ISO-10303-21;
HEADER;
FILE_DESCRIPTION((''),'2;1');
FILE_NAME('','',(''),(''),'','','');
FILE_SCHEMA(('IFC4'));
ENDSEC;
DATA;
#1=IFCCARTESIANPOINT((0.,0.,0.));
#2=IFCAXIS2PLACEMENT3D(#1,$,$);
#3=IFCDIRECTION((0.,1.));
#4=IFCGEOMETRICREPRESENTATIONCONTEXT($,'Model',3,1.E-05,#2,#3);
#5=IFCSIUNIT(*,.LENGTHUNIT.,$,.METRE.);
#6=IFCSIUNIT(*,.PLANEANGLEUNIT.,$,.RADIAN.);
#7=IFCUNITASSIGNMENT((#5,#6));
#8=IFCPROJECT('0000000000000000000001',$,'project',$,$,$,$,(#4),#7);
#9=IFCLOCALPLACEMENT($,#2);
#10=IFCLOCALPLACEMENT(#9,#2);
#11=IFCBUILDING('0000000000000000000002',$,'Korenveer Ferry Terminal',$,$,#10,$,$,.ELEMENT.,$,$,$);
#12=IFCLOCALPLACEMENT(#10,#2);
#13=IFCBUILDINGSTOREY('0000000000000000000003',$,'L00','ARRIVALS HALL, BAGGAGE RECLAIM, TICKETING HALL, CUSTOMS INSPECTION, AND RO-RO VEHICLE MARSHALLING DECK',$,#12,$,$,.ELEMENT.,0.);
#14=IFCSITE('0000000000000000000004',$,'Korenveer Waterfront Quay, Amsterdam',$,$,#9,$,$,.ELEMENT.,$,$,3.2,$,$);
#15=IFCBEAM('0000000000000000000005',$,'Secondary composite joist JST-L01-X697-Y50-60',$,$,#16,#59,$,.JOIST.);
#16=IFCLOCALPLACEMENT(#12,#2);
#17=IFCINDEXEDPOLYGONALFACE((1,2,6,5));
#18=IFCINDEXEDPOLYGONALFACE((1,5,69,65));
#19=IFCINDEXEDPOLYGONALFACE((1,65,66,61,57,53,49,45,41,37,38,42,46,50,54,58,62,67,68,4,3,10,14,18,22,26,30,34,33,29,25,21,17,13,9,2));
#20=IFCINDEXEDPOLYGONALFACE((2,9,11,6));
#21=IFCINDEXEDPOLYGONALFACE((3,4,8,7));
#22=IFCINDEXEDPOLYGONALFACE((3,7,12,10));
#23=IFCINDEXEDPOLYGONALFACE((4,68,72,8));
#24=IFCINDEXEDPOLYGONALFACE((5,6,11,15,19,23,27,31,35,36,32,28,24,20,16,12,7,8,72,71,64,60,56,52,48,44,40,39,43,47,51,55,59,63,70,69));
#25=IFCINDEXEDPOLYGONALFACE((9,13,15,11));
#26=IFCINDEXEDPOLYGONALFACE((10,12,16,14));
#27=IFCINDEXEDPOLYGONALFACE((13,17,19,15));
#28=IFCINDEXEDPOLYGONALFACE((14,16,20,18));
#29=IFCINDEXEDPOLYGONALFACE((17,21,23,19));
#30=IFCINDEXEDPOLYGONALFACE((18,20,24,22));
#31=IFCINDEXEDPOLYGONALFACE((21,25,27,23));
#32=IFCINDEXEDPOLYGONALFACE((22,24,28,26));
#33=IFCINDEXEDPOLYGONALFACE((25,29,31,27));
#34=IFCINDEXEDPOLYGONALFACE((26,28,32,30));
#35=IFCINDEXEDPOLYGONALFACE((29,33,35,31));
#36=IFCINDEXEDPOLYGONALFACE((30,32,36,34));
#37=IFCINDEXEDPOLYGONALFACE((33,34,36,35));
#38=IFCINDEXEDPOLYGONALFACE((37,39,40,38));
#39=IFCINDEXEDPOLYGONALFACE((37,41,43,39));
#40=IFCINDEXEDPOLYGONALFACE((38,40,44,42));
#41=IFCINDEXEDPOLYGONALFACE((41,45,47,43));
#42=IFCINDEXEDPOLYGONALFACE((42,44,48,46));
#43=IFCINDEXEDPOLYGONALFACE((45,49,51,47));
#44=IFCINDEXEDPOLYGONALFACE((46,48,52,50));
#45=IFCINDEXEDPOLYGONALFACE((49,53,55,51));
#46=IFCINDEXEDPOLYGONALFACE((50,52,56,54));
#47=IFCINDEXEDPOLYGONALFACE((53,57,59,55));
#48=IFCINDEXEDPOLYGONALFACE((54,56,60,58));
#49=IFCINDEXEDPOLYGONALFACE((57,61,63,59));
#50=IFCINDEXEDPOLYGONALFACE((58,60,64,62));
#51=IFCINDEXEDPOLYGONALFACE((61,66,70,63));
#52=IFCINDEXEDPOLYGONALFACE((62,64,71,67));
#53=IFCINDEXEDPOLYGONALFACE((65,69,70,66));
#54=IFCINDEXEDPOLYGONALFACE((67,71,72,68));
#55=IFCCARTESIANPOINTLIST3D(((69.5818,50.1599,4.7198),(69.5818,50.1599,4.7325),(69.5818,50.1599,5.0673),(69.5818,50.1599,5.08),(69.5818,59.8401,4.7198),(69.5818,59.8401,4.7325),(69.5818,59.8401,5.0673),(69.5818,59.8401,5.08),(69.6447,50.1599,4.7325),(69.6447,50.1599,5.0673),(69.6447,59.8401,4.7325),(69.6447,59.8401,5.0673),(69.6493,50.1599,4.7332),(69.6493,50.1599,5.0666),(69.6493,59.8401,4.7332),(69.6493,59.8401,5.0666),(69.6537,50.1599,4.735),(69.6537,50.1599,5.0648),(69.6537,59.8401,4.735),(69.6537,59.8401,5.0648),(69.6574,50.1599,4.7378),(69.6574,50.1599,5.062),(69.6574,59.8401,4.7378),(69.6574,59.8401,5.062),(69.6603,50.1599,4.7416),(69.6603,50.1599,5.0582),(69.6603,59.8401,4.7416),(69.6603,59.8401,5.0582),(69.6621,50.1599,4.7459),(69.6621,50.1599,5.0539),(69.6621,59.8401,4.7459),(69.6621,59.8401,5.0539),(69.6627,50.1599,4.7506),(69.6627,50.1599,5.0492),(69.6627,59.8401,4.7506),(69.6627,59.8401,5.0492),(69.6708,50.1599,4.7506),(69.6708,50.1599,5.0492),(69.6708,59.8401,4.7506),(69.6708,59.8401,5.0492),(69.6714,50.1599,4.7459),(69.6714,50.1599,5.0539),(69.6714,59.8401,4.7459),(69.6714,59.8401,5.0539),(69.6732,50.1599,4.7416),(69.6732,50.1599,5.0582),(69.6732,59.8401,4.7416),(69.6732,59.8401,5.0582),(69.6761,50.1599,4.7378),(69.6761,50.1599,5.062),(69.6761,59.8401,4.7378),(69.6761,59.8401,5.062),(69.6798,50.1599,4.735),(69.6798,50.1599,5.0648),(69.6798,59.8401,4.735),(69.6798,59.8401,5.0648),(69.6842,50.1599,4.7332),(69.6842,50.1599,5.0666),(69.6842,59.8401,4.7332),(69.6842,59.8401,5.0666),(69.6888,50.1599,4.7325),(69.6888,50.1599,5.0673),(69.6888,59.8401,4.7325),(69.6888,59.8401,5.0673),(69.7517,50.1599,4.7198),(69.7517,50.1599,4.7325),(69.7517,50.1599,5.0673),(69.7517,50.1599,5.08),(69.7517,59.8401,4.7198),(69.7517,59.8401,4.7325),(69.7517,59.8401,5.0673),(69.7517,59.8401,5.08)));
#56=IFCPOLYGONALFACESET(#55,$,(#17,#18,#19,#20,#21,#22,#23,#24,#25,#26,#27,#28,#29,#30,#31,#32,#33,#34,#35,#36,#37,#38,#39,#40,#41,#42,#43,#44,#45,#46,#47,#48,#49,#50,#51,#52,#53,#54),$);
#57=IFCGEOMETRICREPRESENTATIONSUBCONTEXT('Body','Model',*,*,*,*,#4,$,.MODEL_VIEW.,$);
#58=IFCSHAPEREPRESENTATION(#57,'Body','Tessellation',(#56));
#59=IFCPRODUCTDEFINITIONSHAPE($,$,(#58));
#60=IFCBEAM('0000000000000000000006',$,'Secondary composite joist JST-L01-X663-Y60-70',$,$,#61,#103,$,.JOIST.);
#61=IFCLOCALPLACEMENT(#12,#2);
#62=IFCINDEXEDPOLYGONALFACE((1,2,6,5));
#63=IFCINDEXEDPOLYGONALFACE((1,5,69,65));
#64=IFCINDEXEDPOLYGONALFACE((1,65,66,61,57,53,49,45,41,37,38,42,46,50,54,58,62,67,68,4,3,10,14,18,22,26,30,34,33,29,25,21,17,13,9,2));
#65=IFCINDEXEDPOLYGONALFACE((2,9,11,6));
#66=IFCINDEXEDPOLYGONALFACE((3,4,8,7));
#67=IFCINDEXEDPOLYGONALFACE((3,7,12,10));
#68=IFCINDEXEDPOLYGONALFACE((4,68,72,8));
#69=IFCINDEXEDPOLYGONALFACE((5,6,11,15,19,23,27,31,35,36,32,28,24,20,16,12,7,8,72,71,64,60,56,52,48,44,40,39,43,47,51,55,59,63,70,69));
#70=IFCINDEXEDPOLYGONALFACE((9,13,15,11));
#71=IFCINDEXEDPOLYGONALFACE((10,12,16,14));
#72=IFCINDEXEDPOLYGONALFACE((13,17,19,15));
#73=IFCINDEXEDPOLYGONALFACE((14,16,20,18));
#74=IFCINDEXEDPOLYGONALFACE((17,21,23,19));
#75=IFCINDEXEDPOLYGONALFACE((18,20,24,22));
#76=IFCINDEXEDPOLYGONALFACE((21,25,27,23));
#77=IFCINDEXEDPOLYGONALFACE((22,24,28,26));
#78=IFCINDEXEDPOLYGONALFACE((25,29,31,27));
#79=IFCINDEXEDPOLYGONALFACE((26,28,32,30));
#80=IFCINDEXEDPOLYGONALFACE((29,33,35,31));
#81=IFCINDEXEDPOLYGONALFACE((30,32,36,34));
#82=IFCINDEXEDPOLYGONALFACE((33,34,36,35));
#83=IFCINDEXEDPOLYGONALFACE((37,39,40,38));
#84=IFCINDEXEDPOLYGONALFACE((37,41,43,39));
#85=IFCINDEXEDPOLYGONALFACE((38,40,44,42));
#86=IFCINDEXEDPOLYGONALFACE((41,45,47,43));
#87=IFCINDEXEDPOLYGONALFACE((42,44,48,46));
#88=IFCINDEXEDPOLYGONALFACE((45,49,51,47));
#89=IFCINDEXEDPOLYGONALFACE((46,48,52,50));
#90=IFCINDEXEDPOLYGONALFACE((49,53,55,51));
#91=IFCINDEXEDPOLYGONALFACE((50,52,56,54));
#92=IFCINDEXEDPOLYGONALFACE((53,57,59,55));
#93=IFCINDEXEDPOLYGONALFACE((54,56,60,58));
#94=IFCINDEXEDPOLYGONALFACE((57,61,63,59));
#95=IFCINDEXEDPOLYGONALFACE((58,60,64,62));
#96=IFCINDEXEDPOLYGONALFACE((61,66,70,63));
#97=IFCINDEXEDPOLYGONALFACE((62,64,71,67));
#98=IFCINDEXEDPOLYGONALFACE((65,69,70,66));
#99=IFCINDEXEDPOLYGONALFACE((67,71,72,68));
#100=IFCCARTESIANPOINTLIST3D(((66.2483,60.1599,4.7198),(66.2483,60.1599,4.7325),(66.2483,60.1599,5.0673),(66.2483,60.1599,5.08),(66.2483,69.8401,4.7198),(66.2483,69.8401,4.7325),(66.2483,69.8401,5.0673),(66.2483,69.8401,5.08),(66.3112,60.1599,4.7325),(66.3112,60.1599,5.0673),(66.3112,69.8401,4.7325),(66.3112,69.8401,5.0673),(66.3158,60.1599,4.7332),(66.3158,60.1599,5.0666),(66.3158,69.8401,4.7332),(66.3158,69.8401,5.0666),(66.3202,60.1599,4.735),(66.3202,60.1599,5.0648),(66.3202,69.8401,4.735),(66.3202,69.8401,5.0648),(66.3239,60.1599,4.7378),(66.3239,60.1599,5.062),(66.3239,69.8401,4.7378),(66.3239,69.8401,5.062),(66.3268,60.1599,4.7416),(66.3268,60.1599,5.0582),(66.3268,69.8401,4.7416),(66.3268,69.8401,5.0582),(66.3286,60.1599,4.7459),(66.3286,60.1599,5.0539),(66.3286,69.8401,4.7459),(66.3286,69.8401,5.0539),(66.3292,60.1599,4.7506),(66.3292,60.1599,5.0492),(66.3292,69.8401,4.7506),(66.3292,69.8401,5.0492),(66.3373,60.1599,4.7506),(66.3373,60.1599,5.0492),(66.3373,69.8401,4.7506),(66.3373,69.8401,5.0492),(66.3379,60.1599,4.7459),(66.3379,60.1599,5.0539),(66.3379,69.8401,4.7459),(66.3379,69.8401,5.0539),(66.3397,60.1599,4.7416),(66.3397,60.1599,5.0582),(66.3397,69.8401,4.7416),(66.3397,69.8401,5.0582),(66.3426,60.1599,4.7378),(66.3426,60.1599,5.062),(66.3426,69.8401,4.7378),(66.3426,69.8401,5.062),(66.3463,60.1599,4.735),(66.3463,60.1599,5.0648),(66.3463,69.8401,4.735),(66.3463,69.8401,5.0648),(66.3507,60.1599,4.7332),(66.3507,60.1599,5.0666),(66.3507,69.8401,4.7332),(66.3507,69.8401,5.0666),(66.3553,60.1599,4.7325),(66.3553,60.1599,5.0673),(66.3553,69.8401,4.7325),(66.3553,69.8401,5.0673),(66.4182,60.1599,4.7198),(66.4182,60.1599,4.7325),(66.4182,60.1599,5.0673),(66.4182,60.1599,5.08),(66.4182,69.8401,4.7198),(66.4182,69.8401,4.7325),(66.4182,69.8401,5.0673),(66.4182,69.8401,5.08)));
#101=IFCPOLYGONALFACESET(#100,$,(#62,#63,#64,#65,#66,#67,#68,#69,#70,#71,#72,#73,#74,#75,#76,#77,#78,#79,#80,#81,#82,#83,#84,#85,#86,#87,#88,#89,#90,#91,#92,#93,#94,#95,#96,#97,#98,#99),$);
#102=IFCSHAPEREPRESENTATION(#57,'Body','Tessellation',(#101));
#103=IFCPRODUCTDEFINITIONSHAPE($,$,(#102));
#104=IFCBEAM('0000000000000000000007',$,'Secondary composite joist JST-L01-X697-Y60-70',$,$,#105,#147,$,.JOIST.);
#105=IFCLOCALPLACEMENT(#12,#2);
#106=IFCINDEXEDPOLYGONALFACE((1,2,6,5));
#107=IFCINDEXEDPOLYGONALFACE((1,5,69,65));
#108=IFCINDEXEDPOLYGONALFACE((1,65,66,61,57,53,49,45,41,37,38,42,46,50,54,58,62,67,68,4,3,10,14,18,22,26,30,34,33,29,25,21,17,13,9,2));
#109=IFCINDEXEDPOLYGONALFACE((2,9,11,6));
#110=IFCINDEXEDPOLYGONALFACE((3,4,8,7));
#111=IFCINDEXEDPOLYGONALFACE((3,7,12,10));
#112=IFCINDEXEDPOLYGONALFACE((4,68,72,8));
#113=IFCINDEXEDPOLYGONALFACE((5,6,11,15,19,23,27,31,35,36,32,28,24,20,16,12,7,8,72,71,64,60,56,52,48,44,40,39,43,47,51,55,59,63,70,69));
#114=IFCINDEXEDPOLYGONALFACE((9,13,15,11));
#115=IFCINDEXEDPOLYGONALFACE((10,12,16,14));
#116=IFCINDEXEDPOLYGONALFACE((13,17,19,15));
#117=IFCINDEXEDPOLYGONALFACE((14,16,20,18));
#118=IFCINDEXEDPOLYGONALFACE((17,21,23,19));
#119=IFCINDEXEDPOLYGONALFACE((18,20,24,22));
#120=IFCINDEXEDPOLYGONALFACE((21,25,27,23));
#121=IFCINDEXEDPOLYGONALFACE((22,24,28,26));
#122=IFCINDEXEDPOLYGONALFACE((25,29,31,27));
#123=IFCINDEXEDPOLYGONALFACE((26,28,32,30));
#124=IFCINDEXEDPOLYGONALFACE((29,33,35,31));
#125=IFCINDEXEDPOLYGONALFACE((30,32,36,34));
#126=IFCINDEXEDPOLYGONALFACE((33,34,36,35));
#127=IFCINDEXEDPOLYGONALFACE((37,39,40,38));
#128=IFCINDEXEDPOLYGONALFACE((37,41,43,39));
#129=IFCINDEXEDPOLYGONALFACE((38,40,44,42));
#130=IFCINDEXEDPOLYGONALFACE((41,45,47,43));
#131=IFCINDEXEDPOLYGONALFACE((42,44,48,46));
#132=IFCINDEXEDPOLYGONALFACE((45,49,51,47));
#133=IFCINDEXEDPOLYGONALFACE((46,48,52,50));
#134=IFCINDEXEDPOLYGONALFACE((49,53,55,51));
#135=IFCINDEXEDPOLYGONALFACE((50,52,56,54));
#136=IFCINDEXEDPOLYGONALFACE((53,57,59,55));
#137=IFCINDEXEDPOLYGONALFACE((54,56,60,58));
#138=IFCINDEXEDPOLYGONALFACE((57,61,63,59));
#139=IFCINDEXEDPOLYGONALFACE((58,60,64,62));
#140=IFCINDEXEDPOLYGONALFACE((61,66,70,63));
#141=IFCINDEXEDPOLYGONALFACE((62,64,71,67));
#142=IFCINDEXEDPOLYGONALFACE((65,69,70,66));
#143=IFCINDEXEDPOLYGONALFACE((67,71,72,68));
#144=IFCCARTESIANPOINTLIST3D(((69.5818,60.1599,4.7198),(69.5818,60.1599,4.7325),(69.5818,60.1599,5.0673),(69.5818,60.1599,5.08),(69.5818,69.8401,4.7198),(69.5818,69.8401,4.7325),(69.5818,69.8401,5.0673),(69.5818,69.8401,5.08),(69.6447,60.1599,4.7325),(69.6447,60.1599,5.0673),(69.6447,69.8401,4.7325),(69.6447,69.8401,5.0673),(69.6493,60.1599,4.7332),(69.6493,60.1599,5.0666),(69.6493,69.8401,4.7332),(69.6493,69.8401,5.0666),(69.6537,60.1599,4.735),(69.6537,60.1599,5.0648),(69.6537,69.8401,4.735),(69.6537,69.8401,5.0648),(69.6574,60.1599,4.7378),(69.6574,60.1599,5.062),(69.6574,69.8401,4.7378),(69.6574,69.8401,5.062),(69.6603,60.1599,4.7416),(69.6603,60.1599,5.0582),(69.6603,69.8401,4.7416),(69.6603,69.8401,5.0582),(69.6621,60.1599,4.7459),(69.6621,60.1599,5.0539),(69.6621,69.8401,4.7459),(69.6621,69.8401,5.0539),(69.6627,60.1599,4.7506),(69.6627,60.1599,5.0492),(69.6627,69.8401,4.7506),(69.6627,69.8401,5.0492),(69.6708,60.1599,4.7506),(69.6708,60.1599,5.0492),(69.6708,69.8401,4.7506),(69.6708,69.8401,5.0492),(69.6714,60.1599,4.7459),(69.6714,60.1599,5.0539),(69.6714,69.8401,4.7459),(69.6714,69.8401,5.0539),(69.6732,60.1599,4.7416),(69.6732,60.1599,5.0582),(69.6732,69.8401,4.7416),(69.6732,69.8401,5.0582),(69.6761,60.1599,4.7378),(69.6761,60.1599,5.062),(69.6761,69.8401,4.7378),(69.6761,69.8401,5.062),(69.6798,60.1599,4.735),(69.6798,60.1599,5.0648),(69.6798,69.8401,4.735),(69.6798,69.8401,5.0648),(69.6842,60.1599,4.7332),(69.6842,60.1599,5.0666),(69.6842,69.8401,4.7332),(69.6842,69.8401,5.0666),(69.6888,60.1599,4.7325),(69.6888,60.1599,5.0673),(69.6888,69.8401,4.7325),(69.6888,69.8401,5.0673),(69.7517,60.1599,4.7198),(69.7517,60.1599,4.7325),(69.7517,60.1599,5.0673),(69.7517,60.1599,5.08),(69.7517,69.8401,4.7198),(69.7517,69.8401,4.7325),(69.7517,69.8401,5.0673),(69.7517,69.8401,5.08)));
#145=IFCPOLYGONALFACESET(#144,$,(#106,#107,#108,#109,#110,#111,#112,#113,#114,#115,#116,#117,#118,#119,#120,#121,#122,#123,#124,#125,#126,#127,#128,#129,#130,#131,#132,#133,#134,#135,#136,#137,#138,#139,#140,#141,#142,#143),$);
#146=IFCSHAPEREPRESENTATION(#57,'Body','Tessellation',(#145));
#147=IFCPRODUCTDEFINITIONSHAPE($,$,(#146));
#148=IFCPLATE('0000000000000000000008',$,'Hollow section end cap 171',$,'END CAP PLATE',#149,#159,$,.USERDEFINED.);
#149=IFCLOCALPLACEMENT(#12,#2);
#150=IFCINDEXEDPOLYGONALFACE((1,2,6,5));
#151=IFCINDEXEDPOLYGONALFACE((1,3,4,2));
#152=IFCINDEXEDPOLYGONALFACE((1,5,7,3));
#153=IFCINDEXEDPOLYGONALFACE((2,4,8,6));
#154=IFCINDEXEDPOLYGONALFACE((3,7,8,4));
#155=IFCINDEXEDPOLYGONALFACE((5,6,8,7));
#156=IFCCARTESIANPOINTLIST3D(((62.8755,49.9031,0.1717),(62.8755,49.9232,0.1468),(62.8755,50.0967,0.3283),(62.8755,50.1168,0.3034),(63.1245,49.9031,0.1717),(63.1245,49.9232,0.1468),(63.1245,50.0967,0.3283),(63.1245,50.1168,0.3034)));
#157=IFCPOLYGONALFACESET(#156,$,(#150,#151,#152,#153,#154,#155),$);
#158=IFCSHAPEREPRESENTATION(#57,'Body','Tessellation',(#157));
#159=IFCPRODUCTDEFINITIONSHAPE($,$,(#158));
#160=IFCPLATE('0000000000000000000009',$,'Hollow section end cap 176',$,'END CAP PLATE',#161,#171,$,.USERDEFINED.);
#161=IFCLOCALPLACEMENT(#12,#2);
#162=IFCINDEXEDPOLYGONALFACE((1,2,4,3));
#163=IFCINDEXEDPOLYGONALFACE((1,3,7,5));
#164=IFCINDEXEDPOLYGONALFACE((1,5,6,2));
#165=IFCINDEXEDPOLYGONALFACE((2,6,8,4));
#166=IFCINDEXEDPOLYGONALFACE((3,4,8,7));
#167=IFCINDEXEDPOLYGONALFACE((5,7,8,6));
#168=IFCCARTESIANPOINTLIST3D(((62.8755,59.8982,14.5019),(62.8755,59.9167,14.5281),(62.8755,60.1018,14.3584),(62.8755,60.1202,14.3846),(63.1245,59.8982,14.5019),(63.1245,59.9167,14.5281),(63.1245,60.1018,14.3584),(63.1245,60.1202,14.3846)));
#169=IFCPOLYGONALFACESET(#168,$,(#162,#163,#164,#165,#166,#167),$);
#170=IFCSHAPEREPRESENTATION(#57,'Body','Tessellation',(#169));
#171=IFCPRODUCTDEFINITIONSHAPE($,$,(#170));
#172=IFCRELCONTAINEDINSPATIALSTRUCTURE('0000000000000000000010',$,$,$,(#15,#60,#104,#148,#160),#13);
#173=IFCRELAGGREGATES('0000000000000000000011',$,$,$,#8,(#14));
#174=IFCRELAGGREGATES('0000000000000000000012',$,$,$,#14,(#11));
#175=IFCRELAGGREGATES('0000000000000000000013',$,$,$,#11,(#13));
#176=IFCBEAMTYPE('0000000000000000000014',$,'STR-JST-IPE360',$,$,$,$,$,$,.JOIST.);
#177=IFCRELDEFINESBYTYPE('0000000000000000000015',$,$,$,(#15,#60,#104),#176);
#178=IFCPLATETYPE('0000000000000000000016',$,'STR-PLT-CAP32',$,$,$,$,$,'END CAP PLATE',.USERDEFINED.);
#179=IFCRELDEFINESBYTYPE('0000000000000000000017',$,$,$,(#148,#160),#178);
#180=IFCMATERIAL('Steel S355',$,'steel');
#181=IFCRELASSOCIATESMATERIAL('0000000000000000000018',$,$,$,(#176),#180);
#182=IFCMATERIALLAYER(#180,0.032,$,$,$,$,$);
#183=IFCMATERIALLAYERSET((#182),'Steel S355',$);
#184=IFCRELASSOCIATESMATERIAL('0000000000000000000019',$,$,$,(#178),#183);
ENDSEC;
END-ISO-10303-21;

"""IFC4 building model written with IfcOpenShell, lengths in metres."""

from ifc_helpers import new_model, si_unit, direction, frame, origin, origin_2d, place, context, subcontext, project, spatial, rectangle, i_section, extrude, material, layer, layer_set, material_profile, profile_set, type_object, element, save


model = new_model("IFC4")

# Units and contexts
model_context = context("Model", 3, precision=1e-05, world=origin(), true_north=direction((0.0, 1.0)))
body_context = subcontext(model_context, "Body", "Model", "MODEL_VIEW")
ifc_project = project(units=[si_unit("LENGTHUNIT", "METRE"), si_unit("PLANEANGLEUNIT", "RADIAN")], contexts=[model_context])

# Site, building, storey
site_placement = place(None, origin())
site = spatial("IfcSite", under=ifc_project, at=site_placement, Name="Korenveer Waterfront Quay, Amsterdam", CompositionType="ELEMENT", RefElevation=3.2)
building_placement = place(site_placement, origin())
building = spatial("IfcBuilding", under=site, at=building_placement, Name="Korenveer Ferry Terminal", CompositionType="ELEMENT")
storey_placement = place(building_placement, origin())
storey = spatial("IfcBuildingStorey", under=building, at=storey_placement, Name="L00", Description="ARRIVALS HALL, BAGGAGE RECLAIM, TICKETING HALL, CUSTOMS INSPECTION, AND RO-RO VEHICLE MARSHALLING DECK", CompositionType="ELEMENT", Elevation=0.0)

# Shared definitions
ifc_material_1 = material(Name="Steel S355", Category="steel")

# Beams
ifc_material_profile_1 = material_profile(ifc_material_1, i_section(OverallWidth=0.1699, OverallDepth=0.3601, WebThickness=0.0081, FlangeThickness=0.0127, FilletRadius=0.0181, at=origin_2d()), Name="IPE 360")
ifc_profile_set_1 = profile_set([ifc_material_profile_1], Name="Steel S355")
beam_type_1 = type_object("IfcBeamType", Name="STR-JST-IPE360", PredefinedType="JOIST", material=ifc_profile_set_1)
for number, where, z_axis, x_axis, name in (
    (1, (69.6667, 50.1599, 4.8999), (0.0, 1.0, 0.0), (-1.0, 0.0, 0.0), "Secondary composite joist JST-L01-X697-Y50-60"),
    (2, (66.3333, 60.1599, 4.8999), (0.0, 1.0, 0.0), (-1.0, 0.0, 0.0), "Secondary composite joist JST-L01-X663-Y60-70"),
    (3, (69.6667, 60.1599, 4.8999), (0.0, 1.0, 0.0), (-1.0, 0.0, 0.0), "Secondary composite joist JST-L01-X697-Y60-70"),
):
    element("IfcBeam", number, at=place(storey_placement, frame(where, z_axis=z_axis, x_axis=x_axis)), inside=storey, type_object=beam_type_1, Name=name, PredefinedType="JOIST", context=body_context, shape_type="SweptSolid", body=[
        extrude(i_section(OverallWidth=0.1699, OverallDepth=0.3601, WebThickness=0.0081, FlangeThickness=0.0127, FilletRadius=0.0181, at=origin_2d()), origin(), (0.0, 0.0, 1.0), 9.6802),
    ])

# Plates
ifc_layer = layer(ifc_material_1, 0.032)
ifc_layer_set = layer_set([ifc_layer], Name="Steel S355")
plate_type = type_object("IfcPlateType", Name="STR-PLT-CAP32", ElementType="END CAP PLATE", PredefinedType="USERDEFINED", material=ifc_layer_set)
for number, where, z_axis, x_axis, name in (
    (4, (63.0, 50.02, 0.2251), (0.0, -0.628848, 0.777528), (1.0, 0.0, 0.0), "Hollow section end cap 171"),
    (5, (63.0, 60.0, 14.4302), (0.0, 0.576313, 0.817229), (-1.0, 0.0, 0.0), "Hollow section end cap 176"),
):
    element("IfcPlate", number, at=place(storey_placement, frame(where, z_axis=z_axis, x_axis=x_axis)), inside=storey, type_object=plate_type, Name=name, ObjectType="END CAP PLATE", PredefinedType="USERDEFINED", context=body_context, shape_type="SweptSolid", body=[
        extrude(rectangle(XDim=0.249, YDim=0.249, at=origin_2d()), origin(), (0.0, 0.0, 1.0), 0.032),
    ])

save(model, "model.ifc")
